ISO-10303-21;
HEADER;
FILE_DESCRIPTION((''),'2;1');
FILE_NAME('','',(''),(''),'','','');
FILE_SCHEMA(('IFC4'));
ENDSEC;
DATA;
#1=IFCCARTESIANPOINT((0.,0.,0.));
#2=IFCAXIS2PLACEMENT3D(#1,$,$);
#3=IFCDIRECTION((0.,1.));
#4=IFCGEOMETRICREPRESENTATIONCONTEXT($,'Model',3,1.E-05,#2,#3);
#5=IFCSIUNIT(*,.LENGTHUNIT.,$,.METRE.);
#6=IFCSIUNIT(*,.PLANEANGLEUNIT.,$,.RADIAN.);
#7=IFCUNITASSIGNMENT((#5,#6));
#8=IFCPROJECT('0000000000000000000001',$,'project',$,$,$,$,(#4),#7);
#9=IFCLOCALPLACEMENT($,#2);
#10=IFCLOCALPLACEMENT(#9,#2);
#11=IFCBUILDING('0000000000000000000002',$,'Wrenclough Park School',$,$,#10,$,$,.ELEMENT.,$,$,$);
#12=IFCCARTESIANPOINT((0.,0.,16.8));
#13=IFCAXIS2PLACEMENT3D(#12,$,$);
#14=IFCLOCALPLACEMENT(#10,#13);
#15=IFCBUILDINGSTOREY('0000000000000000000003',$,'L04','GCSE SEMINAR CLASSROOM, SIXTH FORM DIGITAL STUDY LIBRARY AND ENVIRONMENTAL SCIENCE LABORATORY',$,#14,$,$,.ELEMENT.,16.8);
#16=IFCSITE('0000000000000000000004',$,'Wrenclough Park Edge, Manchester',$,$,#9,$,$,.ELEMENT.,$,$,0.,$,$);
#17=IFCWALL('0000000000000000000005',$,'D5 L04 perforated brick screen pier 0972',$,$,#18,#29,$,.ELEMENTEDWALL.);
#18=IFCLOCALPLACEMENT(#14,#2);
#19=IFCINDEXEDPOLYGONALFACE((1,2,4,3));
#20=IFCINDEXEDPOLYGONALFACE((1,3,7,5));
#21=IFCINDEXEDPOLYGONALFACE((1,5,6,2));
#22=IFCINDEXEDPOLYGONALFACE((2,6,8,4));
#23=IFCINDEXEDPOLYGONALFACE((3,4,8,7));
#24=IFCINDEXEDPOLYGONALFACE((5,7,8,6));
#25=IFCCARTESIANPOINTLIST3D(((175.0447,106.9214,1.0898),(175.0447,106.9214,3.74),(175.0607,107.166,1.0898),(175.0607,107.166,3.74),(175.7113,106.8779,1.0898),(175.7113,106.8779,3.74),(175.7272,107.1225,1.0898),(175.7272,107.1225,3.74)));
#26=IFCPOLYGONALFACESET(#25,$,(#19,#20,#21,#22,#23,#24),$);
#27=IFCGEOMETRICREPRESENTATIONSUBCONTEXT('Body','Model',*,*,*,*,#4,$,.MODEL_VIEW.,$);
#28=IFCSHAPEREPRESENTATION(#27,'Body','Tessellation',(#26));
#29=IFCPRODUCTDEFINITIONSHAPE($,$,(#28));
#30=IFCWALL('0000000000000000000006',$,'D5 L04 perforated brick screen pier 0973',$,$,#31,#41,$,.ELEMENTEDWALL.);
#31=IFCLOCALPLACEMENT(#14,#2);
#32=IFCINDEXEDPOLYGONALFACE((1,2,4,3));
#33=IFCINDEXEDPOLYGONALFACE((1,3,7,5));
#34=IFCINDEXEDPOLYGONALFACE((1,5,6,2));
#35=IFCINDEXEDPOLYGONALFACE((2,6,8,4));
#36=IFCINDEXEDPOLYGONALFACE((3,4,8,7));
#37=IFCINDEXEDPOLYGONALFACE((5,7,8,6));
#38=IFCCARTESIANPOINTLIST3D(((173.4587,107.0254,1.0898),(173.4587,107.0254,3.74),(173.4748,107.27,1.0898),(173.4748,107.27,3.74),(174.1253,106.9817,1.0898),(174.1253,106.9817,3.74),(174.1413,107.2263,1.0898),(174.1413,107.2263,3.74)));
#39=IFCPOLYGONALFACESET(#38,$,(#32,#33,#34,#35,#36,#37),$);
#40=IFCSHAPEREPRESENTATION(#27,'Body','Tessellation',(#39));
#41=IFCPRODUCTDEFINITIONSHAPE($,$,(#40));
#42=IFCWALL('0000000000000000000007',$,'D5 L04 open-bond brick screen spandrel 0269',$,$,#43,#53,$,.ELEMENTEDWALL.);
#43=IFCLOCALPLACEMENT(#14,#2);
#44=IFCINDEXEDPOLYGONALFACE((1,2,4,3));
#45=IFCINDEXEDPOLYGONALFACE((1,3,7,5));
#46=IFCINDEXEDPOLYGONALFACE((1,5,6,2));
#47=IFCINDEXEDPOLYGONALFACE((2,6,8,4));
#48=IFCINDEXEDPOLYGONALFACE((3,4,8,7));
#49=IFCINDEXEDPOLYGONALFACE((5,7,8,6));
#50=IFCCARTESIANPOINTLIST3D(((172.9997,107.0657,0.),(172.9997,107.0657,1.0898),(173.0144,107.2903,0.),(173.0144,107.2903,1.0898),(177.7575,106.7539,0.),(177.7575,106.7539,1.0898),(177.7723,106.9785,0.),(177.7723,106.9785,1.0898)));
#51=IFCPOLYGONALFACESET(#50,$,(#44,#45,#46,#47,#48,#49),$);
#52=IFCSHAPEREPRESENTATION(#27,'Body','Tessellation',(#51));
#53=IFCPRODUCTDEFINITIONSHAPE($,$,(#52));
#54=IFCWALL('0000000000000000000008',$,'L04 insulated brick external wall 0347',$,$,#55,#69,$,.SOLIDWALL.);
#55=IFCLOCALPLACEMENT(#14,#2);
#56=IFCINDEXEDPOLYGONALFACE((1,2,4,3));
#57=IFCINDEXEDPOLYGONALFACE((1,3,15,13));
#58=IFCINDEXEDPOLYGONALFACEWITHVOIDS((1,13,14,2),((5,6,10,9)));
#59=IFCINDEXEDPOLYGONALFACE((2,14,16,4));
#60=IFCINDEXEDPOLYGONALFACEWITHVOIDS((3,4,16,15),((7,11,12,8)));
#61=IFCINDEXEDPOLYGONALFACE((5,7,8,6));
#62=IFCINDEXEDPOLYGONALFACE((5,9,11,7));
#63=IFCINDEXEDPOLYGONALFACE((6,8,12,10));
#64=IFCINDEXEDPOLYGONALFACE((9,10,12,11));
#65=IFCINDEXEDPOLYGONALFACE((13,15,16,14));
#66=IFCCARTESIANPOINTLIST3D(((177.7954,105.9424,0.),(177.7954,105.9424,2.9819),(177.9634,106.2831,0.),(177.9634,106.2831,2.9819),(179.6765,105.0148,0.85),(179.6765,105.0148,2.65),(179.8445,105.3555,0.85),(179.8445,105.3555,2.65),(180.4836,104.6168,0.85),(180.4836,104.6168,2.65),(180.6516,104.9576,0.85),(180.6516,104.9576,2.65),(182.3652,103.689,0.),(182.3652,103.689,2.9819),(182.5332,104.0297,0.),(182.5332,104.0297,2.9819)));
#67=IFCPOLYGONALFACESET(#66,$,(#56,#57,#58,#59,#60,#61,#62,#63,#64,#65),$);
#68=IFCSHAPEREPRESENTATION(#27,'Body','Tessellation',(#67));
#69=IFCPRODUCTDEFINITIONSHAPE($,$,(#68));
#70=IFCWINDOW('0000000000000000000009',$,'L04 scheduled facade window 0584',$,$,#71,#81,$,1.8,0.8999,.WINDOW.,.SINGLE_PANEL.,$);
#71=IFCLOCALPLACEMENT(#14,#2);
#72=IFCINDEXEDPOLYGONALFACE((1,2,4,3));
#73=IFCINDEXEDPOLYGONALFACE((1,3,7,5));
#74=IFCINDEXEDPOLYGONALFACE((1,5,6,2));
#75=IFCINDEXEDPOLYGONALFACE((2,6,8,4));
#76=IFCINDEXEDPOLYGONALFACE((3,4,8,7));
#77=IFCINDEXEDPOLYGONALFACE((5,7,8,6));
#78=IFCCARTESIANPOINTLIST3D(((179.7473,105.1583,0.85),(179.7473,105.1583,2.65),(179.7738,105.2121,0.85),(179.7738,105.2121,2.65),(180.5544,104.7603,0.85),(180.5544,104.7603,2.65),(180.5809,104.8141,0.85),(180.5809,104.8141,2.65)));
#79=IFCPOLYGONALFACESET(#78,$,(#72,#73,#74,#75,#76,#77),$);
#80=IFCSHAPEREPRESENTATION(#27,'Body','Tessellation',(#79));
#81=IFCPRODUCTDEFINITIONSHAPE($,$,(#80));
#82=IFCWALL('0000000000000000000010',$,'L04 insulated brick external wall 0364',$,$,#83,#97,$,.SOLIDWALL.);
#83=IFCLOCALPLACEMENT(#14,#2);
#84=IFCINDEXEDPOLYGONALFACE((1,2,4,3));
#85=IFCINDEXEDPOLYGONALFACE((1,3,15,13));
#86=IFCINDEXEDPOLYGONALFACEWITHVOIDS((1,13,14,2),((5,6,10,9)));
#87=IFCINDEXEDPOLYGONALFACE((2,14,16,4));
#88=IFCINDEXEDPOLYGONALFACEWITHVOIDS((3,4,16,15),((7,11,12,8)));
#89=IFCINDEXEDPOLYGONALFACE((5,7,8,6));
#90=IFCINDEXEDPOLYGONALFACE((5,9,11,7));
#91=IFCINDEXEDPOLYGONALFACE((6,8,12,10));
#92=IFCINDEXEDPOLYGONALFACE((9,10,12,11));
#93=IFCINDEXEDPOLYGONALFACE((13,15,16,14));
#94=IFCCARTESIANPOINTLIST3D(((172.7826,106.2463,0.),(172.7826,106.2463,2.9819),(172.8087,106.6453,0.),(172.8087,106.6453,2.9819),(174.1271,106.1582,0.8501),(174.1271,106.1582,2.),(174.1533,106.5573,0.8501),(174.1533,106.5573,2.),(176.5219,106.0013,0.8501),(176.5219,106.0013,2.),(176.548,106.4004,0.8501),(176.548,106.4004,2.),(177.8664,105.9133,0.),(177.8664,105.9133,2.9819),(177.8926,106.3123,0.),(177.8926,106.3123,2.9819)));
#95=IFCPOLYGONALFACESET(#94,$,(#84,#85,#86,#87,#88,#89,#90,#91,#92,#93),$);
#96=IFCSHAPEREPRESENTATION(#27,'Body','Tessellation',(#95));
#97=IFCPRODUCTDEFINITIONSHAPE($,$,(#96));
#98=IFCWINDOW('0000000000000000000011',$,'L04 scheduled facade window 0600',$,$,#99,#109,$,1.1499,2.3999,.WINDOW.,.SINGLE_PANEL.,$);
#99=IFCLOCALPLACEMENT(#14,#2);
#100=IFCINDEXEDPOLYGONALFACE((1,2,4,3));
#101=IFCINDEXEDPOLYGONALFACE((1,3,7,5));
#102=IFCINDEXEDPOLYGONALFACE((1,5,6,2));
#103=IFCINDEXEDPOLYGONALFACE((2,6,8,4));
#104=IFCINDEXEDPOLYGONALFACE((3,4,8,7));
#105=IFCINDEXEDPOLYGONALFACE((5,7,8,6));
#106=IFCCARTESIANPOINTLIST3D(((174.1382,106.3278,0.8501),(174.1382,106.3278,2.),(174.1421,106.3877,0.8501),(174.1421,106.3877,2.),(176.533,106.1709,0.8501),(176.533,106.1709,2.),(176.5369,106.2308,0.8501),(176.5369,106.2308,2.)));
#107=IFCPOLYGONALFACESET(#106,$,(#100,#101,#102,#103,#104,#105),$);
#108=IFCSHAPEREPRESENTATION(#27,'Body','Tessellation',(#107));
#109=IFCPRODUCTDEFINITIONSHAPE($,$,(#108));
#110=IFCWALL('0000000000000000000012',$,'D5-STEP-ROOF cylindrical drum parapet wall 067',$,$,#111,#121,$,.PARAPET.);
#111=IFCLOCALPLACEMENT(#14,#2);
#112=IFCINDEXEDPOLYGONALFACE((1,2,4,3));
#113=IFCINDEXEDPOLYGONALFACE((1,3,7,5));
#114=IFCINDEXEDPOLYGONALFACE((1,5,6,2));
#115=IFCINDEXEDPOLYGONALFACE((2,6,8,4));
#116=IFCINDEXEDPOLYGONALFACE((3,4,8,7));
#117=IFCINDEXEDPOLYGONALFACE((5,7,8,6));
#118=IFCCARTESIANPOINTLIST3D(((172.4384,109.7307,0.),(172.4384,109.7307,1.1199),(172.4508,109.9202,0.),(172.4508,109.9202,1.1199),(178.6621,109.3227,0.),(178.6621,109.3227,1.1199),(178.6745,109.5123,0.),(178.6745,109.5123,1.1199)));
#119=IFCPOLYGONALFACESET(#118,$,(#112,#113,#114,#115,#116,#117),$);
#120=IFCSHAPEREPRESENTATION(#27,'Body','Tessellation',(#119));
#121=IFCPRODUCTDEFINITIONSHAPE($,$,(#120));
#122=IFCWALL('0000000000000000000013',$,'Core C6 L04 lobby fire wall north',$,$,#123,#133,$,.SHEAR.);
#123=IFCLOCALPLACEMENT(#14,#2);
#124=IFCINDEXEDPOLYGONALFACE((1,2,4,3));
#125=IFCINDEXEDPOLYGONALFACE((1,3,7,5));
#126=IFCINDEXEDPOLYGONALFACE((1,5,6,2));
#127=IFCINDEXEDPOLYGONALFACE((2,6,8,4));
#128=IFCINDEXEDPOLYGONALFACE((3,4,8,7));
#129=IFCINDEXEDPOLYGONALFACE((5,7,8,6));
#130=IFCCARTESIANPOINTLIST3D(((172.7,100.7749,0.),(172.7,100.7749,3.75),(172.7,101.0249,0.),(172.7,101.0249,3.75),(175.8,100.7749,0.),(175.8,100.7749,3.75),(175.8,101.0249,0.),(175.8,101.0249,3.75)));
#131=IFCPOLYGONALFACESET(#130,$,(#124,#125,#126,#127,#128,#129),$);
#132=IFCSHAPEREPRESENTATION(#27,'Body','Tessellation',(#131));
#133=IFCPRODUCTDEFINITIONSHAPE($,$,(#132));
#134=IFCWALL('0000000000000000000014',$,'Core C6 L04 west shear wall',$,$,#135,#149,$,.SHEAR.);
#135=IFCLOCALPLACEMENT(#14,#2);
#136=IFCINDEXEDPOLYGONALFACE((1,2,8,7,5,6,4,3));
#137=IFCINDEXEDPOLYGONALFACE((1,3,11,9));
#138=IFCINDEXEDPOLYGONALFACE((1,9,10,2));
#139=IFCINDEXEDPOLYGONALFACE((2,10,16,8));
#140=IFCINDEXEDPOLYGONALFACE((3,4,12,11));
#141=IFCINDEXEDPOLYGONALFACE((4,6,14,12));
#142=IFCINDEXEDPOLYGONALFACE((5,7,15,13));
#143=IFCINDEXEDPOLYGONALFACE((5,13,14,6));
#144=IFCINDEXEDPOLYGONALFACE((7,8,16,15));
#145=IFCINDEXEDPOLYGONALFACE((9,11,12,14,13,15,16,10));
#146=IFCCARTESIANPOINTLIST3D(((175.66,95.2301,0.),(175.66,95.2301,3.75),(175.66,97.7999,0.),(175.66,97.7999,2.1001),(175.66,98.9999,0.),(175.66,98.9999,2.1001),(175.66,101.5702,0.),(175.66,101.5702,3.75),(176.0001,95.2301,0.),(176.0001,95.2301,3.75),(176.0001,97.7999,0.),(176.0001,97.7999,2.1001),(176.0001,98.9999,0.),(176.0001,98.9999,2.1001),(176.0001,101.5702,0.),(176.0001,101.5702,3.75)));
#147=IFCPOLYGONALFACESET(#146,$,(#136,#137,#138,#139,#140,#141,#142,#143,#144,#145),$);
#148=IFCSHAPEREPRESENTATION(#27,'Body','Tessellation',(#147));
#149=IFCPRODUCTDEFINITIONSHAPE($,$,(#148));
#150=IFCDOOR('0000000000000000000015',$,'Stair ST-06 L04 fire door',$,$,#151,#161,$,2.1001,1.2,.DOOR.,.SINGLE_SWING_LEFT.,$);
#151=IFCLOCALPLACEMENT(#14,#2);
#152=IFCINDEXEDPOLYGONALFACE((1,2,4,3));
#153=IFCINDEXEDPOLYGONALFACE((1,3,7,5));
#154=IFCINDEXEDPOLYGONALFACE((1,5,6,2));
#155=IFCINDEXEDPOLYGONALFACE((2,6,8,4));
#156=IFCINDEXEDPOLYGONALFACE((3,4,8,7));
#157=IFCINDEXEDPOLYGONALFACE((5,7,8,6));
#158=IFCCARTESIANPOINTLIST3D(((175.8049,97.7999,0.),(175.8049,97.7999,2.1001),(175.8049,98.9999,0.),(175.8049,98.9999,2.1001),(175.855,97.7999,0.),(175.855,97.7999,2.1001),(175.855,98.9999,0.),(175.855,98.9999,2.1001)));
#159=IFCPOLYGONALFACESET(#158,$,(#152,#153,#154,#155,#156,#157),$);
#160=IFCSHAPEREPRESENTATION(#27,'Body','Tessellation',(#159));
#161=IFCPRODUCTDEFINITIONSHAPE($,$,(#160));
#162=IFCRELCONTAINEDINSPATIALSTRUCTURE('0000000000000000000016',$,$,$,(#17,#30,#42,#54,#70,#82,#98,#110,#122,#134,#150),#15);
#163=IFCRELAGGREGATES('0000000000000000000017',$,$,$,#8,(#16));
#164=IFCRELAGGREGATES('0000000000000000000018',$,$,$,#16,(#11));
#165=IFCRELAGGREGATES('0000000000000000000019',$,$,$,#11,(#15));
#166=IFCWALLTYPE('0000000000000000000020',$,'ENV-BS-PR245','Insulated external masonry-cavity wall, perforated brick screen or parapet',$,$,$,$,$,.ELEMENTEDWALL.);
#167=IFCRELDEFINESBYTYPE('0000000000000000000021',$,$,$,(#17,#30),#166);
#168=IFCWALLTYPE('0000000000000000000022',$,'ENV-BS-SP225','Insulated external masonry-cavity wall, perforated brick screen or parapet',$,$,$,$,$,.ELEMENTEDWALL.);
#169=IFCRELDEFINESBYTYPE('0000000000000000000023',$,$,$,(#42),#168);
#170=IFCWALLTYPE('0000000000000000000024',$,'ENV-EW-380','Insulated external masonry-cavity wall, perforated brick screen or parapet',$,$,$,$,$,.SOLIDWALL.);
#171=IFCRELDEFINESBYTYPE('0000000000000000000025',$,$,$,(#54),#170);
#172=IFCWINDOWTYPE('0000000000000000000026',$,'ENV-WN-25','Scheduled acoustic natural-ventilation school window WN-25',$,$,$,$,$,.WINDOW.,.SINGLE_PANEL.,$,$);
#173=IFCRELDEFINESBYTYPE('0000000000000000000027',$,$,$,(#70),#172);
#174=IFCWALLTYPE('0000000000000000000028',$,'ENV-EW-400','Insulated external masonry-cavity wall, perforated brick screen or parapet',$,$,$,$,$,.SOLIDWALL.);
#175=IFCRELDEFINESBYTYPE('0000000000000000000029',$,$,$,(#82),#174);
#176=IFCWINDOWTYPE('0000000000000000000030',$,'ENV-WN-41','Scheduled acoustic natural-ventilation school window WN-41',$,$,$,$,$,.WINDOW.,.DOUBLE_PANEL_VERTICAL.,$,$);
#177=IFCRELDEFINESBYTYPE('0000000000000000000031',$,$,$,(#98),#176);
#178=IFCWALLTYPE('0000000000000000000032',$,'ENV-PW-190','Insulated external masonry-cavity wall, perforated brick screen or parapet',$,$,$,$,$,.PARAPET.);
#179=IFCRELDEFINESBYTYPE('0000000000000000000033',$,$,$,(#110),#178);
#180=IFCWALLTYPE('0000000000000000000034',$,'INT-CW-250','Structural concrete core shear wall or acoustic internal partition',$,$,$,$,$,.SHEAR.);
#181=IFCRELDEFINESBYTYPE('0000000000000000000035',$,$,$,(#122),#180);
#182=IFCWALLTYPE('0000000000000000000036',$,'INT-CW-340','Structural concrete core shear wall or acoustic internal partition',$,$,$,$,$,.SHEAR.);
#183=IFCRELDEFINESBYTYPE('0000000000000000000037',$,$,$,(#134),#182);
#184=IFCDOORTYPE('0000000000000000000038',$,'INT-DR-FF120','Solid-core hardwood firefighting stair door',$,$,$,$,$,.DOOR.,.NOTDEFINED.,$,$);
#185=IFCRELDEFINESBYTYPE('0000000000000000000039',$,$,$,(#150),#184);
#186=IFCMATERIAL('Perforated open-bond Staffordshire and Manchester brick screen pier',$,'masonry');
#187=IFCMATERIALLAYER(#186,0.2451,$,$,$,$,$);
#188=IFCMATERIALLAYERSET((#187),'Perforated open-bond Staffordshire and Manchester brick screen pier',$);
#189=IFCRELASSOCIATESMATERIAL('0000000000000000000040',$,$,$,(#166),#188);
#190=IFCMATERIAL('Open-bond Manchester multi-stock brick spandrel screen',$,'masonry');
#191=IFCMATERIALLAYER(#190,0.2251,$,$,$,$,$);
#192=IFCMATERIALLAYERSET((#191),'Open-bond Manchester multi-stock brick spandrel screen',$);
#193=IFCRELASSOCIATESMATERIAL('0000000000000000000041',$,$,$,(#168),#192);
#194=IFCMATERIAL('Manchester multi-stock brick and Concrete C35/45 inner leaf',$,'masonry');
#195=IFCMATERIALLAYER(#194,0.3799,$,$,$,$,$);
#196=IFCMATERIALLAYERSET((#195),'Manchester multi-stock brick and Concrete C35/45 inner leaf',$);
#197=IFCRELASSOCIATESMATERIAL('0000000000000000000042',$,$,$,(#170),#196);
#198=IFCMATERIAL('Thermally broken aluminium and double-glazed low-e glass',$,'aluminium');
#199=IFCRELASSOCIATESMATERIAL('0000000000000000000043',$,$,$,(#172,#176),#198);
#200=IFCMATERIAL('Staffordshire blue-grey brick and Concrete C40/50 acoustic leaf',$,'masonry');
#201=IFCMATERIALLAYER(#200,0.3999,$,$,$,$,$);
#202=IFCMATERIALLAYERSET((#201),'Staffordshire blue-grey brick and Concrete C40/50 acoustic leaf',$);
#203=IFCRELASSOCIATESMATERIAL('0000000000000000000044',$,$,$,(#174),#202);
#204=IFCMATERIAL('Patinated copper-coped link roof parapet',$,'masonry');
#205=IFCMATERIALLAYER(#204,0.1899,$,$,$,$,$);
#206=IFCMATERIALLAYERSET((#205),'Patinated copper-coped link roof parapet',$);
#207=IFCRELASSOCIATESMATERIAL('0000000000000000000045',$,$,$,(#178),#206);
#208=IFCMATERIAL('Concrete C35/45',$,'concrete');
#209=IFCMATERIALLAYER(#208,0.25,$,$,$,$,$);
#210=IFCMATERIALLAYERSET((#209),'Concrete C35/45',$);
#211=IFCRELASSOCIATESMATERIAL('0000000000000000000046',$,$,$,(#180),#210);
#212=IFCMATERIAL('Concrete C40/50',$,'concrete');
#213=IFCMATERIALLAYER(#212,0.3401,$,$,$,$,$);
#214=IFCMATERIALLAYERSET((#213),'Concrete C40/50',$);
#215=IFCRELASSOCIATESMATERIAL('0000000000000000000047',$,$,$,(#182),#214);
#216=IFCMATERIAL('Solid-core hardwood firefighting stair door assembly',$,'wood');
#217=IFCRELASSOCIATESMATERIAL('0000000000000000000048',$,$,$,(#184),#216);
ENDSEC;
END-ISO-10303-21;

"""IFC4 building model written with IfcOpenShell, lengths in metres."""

from ifc_helpers import new_model, si_unit, direction, frame, frame_2d, origin, place, context, subcontext, project, spatial, rectangle, extrude, material, layer, layer_set, type_object, element, fill, save


model = new_model("IFC4")

# Units and contexts
model_context = context("Model", 3, precision=1e-05, world=origin(), true_north=direction((0.0, 1.0)))
body_context = subcontext(model_context, "Body", "Model", "MODEL_VIEW")
ifc_project = project(units=[si_unit("LENGTHUNIT", "METRE"), si_unit("PLANEANGLEUNIT", "RADIAN")], contexts=[model_context])

# Site, building, storey
site_placement = place(None, origin())
site = spatial("IfcSite", under=ifc_project, at=site_placement, Name="Wrenclough Park Edge, Manchester", CompositionType="ELEMENT", RefElevation=0.0)
building_placement = place(site_placement, origin())
building = spatial("IfcBuilding", under=site, at=building_placement, Name="Wrenclough Park School", CompositionType="ELEMENT")
storey_placement = place(building_placement, frame((0.0, 0.0, 16.8)))
storey = spatial("IfcBuildingStorey", under=building, at=storey_placement, Name="L04", Description="GCSE SEMINAR CLASSROOM, SIXTH FORM DIGITAL STUDY LIBRARY AND ENVIRONMENTAL SCIENCE LABORATORY", CompositionType="ELEMENT", Elevation=16.8)

# Shared definitions
ifc_material_1 = material(Name="Concrete C40/50", Category="concrete")

# Shared definitions
ifc_material_2 = material(Name="Concrete C35/45", Category="concrete")

# Walls
ifc_material_3 = material(Name="Perforated open-bond Staffordshire and Manchester brick screen pier", Category="masonry")
ifc_layer_1 = layer(ifc_material_3, 0.2451)
ifc_layer_set_1 = layer_set([ifc_layer_1], Name="Perforated open-bond Staffordshire and Manchester brick screen pier")
wall_type_1 = type_object("IfcWallType", Name="ENV-BS-PR245", Description="Insulated external masonry-cavity wall, perforated brick screen or parapet", PredefinedType="ELEMENTEDWALL", material=ifc_layer_set_1)
for number, where, z_axis, x_axis, name in (
    (1, (175.7192, 107.0002, 1.0898), (0.0, 0.0, 1.0), (-0.997881, 0.065063, 0.0), "D5 L04 perforated brick screen pier 0972"),
    (2, (174.1333, 107.104, 1.0898), (0.0, 0.0, 1.0), (-0.997857, 0.065427, 0.0), "D5 L04 perforated brick screen pier 0973"),
):
    element("IfcWall", number, at=place(storey_placement, frame(where, z_axis=z_axis, x_axis=x_axis)), inside=storey, type_object=wall_type_1, Name=name, PredefinedType="ELEMENTEDWALL", context=body_context, shape_type="SweptSolid", body=[
        extrude(rectangle(XDim=0.668, YDim=0.2451, at=frame_2d((0.334, 0.0))), origin(), (0.0, 0.0, 1.0), 2.6501),
    ])
ifc_material_4 = material(Name="Open-bond Manchester multi-stock brick spandrel screen", Category="masonry")
ifc_layer_2 = layer(ifc_material_4, 0.2251)
ifc_layer_set_2 = layer_set([ifc_layer_2], Name="Open-bond Manchester multi-stock brick spandrel screen")
wall_type_2 = type_object("IfcWallType", Name="ENV-BS-SP225", Description="Insulated external masonry-cavity wall, perforated brick screen or parapet", PredefinedType="ELEMENTEDWALL", material=ifc_layer_set_2)
wall_1_placement = place(storey_placement, frame((177.7649, 106.8662, 0.0), z_axis=(0.0, 0.0, 1.0), x_axis=(-0.99786, 0.065387, 0.0)))
element("IfcWall", 3, at=wall_1_placement, inside=storey, type_object=wall_type_2, Name="D5 L04 open-bond brick screen spandrel 0269", PredefinedType="ELEMENTEDWALL", context=body_context, shape_type="SweptSolid", body=[
    extrude(rectangle(XDim=4.7681, YDim=0.2251, at=frame_2d((2.384, 0.0))), origin(), (0.0, 0.0, 1.0), 1.0898),
])

# Walls, openings, windows
ifc_material_5 = material(Name="Manchester multi-stock brick and Concrete C35/45 inner leaf", Category="masonry")
ifc_layer_3 = layer(ifc_material_5, 0.3799)
ifc_layer_set_3 = layer_set([ifc_layer_3], Name="Manchester multi-stock brick and Concrete C35/45 inner leaf")
wall_type_3 = type_object("IfcWallType", Name="ENV-EW-380", Description="Insulated external masonry-cavity wall, perforated brick screen or parapet", PredefinedType="SOLIDWALL", material=ifc_layer_set_3)
wall_2_placement = place(storey_placement, frame((177.8794, 106.1128, 0.0), z_axis=(0.0, 0.0, 1.0), x_axis=(0.896886, -0.442262, 0.0)))
wall_2 = element("IfcWall", 4, at=wall_2_placement, inside=storey, type_object=wall_type_3, Name="L04 insulated brick external wall 0347", PredefinedType="SOLIDWALL", context=body_context, shape_type="SweptSolid", body=[
    extrude(rectangle(XDim=5.0952, YDim=0.3799, at=frame_2d((2.5476, 0.0))), origin(), (0.0, 0.0, 1.0), 2.9819),
])
opening_1_placement = place(wall_2_placement, frame((2.0974, 0.0, 0.8501)))
opening_1 = element("IfcOpeningElement", 5, at=opening_1_placement, cuts=wall_2, PredefinedType="OPENING", context=body_context, shape_type="SweptSolid", body=[
    extrude(rectangle(XDim=0.8999, YDim=1.8, at=frame_2d((0.45, 0.8999))), frame((0.0, 0.2, 0.0), z_axis=(0.0, -1.0, 0.0), x_axis=(1.0, 0.0, 0.0)), (0.0, 0.0, 1.0), 0.3999),
])
ifc_material_6 = material(Name="Thermally broken aluminium and double-glazed low-e glass", Category="aluminium")
window_type_1 = type_object("IfcWindowType", Name="ENV-WN-25", Description="Scheduled acoustic natural-ventilation school window WN-25", PartitioningType="SINGLE_PANEL", PredefinedType="WINDOW", material=ifc_material_6)
window_1_placement = place(opening_1_placement, origin())
window_1 = element("IfcWindow", 6, at=window_1_placement, inside=storey, type_object=window_type_1, Name="L04 scheduled facade window 0584", OverallHeight=1.8, OverallWidth=0.8999, PartitioningType="SINGLE_PANEL", PredefinedType="WINDOW", context=body_context, shape_type="SweptSolid", body=[
    extrude(rectangle(XDim=0.8999, YDim=1.8, at=frame_2d((0.45, 0.8999))), frame((0.0, 0.03, 0.0), z_axis=(0.0, -1.0, 0.0), x_axis=(1.0, 0.0, 0.0)), (0.0, 0.0, 1.0), 0.0601),
])
fill(opening_1, window_1)
ifc_material_7 = material(Name="Staffordshire blue-grey brick and Concrete C40/50 acoustic leaf", Category="masonry")
ifc_layer_4 = layer(ifc_material_7, 0.3999)
ifc_layer_set_4 = layer_set([ifc_layer_4], Name="Staffordshire blue-grey brick and Concrete C40/50 acoustic leaf")
wall_type_4 = type_object("IfcWallType", Name="ENV-EW-400", Description="Insulated external masonry-cavity wall, perforated brick screen or parapet", PredefinedType="SOLIDWALL", material=ifc_layer_set_4)
wall_3_placement = place(storey_placement, frame((172.7957, 106.4458, 0.0), z_axis=(0.0, 0.0, 1.0), x_axis=(0.997861, -0.065364, 0.0)))
wall_3 = element("IfcWall", 7, at=wall_3_placement, inside=storey, type_object=wall_type_4, Name="L04 insulated brick external wall 0364", PredefinedType="SOLIDWALL", context=body_context, shape_type="SweptSolid", body=[
    extrude(rectangle(XDim=5.0947, YDim=0.3999, at=frame_2d((2.5474, 0.0))), origin(), (0.0, 0.0, 1.0), 2.9819),
])
opening_2_placement = place(wall_3_placement, frame((1.3474, 0.0, 0.8501)))
opening_2 = element("IfcOpeningElement", 8, at=opening_2_placement, cuts=wall_3, PredefinedType="OPENING", context=body_context, shape_type="SweptSolid", body=[
    extrude(rectangle(XDim=2.3999, YDim=1.1499, at=frame_2d((1.2, 0.575))), frame((0.0, 0.21, 0.0), z_axis=(0.0, -1.0, 0.0), x_axis=(1.0, 0.0, 0.0)), (0.0, 0.0, 1.0), 0.4199),
])
window_type_2 = type_object("IfcWindowType", Name="ENV-WN-41", Description="Scheduled acoustic natural-ventilation school window WN-41", PartitioningType="DOUBLE_PANEL_VERTICAL", PredefinedType="WINDOW", material=ifc_material_6)
window_2_placement = place(opening_2_placement, origin())
window_2 = element("IfcWindow", 9, at=window_2_placement, inside=storey, type_object=window_type_2, Name="L04 scheduled facade window 0600", OverallHeight=1.1499, OverallWidth=2.3999, PartitioningType="SINGLE_PANEL", PredefinedType="WINDOW", context=body_context, shape_type="SweptSolid", body=[
    extrude(rectangle(XDim=2.3999, YDim=1.1499, at=frame_2d((1.2, 0.575))), frame((0.0, 0.03, 0.0), z_axis=(0.0, -1.0, 0.0), x_axis=(1.0, 0.0, 0.0)), (0.0, 0.0, 1.0), 0.0601),
])
fill(opening_2, window_2)

# Walls
ifc_material_8 = material(Name="Patinated copper-coped link roof parapet", Category="masonry")
ifc_layer_5 = layer(ifc_material_8, 0.1899)
ifc_layer_set_5 = layer_set([ifc_layer_5], Name="Patinated copper-coped link roof parapet")
wall_type_5 = type_object("IfcWallType", Name="ENV-PW-190", Description="Insulated external masonry-cavity wall, perforated brick screen or parapet", PredefinedType="PARAPET", material=ifc_layer_set_5)
wall_4_placement = place(storey_placement, frame((178.6685, 109.4175, 0.0), z_axis=(0.0, 0.0, 1.0), x_axis=(-0.997858, 0.06541, 0.0)))
element("IfcWall", 10, at=wall_4_placement, inside=storey, type_object=wall_type_5, Name="D5-STEP-ROOF cylindrical drum parapet wall 067", PredefinedType="PARAPET", context=body_context, shape_type="SweptSolid", body=[
    extrude(rectangle(XDim=6.2371, YDim=0.1899, at=frame_2d((3.1187, 0.0))), origin(), (0.0, 0.0, 1.0), 1.1199),
])
ifc_layer_6 = layer(ifc_material_2, 0.25)
ifc_layer_set_6 = layer_set([ifc_layer_6], Name="Concrete C35/45")
wall_type_6 = type_object("IfcWallType", Name="INT-CW-250", Description="Structural concrete core shear wall or acoustic internal partition", PredefinedType="SHEAR", material=ifc_layer_set_6)
wall_5_placement = place(storey_placement, frame((175.8, 100.8999, 0.0), z_axis=(0.0, 0.0, 1.0), x_axis=(-1.0, 0.0, 0.0)))
element("IfcWall", 11, at=wall_5_placement, inside=storey, type_object=wall_type_6, Name="Core C6 L04 lobby fire wall north", PredefinedType="SHEAR", context=body_context, shape_type="SweptSolid", body=[
    extrude(rectangle(XDim=3.1001, YDim=0.25, at=frame_2d((1.55, 0.0))), origin(), (0.0, 0.0, 1.0), 3.75),
])

# Wall, opening, door
ifc_layer_7 = layer(ifc_material_1, 0.3401)
ifc_layer_set_7 = layer_set([ifc_layer_7], Name="Concrete C40/50")
wall_type_7 = type_object("IfcWallType", Name="INT-CW-340", Description="Structural concrete core shear wall or acoustic internal partition", PredefinedType="SHEAR", material=ifc_layer_set_7)
wall_6_placement = place(storey_placement, frame((175.8301, 101.5701, 0.0), z_axis=(0.0, 0.0, 1.0), x_axis=(0.0, -1.0, 0.0)))
wall_6 = element("IfcWall", 12, at=wall_6_placement, inside=storey, type_object=wall_type_7, Name="Core C6 L04 west shear wall", PredefinedType="SHEAR", context=body_context, shape_type="SweptSolid", body=[
    extrude(rectangle(XDim=6.3401, YDim=0.3401, at=frame_2d((3.1699, 0.0))), origin(), (0.0, 0.0, 1.0), 3.75),
])
opening_3_placement = place(wall_6_placement, frame((2.5701, 0.0, 0.0)))
opening_3 = element("IfcOpeningElement", 13, at=opening_3_placement, cuts=wall_6, PredefinedType="OPENING", context=body_context, shape_type="SweptSolid", body=[
    extrude(rectangle(XDim=1.2, YDim=2.1001, at=frame_2d((0.6001, 1.05))), frame((0.0, 0.1799, 0.0), z_axis=(0.0, -1.0, 0.0), x_axis=(1.0, 0.0, 0.0)), (0.0, 0.0, 1.0), 0.3601),
])
ifc_material_9 = material(Name="Solid-core hardwood firefighting stair door assembly", Category="wood")
door_type_1 = type_object("IfcDoorType", Name="INT-DR-FF120", Description="Solid-core hardwood firefighting stair door", OperationType="NOTDEFINED", PredefinedType="DOOR", material=ifc_material_9)
door_1_placement = place(opening_3_placement, origin())
door_1 = element("IfcDoor", 14, at=door_1_placement, inside=storey, type_object=door_type_1, Name="Stair ST-06 L04 fire door", OperationType="SINGLE_SWING_LEFT", OverallHeight=2.1001, OverallWidth=1.2, PredefinedType="DOOR", context=body_context, shape_type="SweptSolid", body=[
    extrude(rectangle(XDim=1.2, YDim=2.1001, at=frame_2d((0.6001, 1.05))), frame((0.0, 0.0249, 0.0), z_axis=(0.0, -1.0, 0.0), x_axis=(1.0, 0.0, 0.0)), (0.0, 0.0, 1.0), 0.05),
])
fill(opening_3, door_1)

save(model, "model.ifc")
